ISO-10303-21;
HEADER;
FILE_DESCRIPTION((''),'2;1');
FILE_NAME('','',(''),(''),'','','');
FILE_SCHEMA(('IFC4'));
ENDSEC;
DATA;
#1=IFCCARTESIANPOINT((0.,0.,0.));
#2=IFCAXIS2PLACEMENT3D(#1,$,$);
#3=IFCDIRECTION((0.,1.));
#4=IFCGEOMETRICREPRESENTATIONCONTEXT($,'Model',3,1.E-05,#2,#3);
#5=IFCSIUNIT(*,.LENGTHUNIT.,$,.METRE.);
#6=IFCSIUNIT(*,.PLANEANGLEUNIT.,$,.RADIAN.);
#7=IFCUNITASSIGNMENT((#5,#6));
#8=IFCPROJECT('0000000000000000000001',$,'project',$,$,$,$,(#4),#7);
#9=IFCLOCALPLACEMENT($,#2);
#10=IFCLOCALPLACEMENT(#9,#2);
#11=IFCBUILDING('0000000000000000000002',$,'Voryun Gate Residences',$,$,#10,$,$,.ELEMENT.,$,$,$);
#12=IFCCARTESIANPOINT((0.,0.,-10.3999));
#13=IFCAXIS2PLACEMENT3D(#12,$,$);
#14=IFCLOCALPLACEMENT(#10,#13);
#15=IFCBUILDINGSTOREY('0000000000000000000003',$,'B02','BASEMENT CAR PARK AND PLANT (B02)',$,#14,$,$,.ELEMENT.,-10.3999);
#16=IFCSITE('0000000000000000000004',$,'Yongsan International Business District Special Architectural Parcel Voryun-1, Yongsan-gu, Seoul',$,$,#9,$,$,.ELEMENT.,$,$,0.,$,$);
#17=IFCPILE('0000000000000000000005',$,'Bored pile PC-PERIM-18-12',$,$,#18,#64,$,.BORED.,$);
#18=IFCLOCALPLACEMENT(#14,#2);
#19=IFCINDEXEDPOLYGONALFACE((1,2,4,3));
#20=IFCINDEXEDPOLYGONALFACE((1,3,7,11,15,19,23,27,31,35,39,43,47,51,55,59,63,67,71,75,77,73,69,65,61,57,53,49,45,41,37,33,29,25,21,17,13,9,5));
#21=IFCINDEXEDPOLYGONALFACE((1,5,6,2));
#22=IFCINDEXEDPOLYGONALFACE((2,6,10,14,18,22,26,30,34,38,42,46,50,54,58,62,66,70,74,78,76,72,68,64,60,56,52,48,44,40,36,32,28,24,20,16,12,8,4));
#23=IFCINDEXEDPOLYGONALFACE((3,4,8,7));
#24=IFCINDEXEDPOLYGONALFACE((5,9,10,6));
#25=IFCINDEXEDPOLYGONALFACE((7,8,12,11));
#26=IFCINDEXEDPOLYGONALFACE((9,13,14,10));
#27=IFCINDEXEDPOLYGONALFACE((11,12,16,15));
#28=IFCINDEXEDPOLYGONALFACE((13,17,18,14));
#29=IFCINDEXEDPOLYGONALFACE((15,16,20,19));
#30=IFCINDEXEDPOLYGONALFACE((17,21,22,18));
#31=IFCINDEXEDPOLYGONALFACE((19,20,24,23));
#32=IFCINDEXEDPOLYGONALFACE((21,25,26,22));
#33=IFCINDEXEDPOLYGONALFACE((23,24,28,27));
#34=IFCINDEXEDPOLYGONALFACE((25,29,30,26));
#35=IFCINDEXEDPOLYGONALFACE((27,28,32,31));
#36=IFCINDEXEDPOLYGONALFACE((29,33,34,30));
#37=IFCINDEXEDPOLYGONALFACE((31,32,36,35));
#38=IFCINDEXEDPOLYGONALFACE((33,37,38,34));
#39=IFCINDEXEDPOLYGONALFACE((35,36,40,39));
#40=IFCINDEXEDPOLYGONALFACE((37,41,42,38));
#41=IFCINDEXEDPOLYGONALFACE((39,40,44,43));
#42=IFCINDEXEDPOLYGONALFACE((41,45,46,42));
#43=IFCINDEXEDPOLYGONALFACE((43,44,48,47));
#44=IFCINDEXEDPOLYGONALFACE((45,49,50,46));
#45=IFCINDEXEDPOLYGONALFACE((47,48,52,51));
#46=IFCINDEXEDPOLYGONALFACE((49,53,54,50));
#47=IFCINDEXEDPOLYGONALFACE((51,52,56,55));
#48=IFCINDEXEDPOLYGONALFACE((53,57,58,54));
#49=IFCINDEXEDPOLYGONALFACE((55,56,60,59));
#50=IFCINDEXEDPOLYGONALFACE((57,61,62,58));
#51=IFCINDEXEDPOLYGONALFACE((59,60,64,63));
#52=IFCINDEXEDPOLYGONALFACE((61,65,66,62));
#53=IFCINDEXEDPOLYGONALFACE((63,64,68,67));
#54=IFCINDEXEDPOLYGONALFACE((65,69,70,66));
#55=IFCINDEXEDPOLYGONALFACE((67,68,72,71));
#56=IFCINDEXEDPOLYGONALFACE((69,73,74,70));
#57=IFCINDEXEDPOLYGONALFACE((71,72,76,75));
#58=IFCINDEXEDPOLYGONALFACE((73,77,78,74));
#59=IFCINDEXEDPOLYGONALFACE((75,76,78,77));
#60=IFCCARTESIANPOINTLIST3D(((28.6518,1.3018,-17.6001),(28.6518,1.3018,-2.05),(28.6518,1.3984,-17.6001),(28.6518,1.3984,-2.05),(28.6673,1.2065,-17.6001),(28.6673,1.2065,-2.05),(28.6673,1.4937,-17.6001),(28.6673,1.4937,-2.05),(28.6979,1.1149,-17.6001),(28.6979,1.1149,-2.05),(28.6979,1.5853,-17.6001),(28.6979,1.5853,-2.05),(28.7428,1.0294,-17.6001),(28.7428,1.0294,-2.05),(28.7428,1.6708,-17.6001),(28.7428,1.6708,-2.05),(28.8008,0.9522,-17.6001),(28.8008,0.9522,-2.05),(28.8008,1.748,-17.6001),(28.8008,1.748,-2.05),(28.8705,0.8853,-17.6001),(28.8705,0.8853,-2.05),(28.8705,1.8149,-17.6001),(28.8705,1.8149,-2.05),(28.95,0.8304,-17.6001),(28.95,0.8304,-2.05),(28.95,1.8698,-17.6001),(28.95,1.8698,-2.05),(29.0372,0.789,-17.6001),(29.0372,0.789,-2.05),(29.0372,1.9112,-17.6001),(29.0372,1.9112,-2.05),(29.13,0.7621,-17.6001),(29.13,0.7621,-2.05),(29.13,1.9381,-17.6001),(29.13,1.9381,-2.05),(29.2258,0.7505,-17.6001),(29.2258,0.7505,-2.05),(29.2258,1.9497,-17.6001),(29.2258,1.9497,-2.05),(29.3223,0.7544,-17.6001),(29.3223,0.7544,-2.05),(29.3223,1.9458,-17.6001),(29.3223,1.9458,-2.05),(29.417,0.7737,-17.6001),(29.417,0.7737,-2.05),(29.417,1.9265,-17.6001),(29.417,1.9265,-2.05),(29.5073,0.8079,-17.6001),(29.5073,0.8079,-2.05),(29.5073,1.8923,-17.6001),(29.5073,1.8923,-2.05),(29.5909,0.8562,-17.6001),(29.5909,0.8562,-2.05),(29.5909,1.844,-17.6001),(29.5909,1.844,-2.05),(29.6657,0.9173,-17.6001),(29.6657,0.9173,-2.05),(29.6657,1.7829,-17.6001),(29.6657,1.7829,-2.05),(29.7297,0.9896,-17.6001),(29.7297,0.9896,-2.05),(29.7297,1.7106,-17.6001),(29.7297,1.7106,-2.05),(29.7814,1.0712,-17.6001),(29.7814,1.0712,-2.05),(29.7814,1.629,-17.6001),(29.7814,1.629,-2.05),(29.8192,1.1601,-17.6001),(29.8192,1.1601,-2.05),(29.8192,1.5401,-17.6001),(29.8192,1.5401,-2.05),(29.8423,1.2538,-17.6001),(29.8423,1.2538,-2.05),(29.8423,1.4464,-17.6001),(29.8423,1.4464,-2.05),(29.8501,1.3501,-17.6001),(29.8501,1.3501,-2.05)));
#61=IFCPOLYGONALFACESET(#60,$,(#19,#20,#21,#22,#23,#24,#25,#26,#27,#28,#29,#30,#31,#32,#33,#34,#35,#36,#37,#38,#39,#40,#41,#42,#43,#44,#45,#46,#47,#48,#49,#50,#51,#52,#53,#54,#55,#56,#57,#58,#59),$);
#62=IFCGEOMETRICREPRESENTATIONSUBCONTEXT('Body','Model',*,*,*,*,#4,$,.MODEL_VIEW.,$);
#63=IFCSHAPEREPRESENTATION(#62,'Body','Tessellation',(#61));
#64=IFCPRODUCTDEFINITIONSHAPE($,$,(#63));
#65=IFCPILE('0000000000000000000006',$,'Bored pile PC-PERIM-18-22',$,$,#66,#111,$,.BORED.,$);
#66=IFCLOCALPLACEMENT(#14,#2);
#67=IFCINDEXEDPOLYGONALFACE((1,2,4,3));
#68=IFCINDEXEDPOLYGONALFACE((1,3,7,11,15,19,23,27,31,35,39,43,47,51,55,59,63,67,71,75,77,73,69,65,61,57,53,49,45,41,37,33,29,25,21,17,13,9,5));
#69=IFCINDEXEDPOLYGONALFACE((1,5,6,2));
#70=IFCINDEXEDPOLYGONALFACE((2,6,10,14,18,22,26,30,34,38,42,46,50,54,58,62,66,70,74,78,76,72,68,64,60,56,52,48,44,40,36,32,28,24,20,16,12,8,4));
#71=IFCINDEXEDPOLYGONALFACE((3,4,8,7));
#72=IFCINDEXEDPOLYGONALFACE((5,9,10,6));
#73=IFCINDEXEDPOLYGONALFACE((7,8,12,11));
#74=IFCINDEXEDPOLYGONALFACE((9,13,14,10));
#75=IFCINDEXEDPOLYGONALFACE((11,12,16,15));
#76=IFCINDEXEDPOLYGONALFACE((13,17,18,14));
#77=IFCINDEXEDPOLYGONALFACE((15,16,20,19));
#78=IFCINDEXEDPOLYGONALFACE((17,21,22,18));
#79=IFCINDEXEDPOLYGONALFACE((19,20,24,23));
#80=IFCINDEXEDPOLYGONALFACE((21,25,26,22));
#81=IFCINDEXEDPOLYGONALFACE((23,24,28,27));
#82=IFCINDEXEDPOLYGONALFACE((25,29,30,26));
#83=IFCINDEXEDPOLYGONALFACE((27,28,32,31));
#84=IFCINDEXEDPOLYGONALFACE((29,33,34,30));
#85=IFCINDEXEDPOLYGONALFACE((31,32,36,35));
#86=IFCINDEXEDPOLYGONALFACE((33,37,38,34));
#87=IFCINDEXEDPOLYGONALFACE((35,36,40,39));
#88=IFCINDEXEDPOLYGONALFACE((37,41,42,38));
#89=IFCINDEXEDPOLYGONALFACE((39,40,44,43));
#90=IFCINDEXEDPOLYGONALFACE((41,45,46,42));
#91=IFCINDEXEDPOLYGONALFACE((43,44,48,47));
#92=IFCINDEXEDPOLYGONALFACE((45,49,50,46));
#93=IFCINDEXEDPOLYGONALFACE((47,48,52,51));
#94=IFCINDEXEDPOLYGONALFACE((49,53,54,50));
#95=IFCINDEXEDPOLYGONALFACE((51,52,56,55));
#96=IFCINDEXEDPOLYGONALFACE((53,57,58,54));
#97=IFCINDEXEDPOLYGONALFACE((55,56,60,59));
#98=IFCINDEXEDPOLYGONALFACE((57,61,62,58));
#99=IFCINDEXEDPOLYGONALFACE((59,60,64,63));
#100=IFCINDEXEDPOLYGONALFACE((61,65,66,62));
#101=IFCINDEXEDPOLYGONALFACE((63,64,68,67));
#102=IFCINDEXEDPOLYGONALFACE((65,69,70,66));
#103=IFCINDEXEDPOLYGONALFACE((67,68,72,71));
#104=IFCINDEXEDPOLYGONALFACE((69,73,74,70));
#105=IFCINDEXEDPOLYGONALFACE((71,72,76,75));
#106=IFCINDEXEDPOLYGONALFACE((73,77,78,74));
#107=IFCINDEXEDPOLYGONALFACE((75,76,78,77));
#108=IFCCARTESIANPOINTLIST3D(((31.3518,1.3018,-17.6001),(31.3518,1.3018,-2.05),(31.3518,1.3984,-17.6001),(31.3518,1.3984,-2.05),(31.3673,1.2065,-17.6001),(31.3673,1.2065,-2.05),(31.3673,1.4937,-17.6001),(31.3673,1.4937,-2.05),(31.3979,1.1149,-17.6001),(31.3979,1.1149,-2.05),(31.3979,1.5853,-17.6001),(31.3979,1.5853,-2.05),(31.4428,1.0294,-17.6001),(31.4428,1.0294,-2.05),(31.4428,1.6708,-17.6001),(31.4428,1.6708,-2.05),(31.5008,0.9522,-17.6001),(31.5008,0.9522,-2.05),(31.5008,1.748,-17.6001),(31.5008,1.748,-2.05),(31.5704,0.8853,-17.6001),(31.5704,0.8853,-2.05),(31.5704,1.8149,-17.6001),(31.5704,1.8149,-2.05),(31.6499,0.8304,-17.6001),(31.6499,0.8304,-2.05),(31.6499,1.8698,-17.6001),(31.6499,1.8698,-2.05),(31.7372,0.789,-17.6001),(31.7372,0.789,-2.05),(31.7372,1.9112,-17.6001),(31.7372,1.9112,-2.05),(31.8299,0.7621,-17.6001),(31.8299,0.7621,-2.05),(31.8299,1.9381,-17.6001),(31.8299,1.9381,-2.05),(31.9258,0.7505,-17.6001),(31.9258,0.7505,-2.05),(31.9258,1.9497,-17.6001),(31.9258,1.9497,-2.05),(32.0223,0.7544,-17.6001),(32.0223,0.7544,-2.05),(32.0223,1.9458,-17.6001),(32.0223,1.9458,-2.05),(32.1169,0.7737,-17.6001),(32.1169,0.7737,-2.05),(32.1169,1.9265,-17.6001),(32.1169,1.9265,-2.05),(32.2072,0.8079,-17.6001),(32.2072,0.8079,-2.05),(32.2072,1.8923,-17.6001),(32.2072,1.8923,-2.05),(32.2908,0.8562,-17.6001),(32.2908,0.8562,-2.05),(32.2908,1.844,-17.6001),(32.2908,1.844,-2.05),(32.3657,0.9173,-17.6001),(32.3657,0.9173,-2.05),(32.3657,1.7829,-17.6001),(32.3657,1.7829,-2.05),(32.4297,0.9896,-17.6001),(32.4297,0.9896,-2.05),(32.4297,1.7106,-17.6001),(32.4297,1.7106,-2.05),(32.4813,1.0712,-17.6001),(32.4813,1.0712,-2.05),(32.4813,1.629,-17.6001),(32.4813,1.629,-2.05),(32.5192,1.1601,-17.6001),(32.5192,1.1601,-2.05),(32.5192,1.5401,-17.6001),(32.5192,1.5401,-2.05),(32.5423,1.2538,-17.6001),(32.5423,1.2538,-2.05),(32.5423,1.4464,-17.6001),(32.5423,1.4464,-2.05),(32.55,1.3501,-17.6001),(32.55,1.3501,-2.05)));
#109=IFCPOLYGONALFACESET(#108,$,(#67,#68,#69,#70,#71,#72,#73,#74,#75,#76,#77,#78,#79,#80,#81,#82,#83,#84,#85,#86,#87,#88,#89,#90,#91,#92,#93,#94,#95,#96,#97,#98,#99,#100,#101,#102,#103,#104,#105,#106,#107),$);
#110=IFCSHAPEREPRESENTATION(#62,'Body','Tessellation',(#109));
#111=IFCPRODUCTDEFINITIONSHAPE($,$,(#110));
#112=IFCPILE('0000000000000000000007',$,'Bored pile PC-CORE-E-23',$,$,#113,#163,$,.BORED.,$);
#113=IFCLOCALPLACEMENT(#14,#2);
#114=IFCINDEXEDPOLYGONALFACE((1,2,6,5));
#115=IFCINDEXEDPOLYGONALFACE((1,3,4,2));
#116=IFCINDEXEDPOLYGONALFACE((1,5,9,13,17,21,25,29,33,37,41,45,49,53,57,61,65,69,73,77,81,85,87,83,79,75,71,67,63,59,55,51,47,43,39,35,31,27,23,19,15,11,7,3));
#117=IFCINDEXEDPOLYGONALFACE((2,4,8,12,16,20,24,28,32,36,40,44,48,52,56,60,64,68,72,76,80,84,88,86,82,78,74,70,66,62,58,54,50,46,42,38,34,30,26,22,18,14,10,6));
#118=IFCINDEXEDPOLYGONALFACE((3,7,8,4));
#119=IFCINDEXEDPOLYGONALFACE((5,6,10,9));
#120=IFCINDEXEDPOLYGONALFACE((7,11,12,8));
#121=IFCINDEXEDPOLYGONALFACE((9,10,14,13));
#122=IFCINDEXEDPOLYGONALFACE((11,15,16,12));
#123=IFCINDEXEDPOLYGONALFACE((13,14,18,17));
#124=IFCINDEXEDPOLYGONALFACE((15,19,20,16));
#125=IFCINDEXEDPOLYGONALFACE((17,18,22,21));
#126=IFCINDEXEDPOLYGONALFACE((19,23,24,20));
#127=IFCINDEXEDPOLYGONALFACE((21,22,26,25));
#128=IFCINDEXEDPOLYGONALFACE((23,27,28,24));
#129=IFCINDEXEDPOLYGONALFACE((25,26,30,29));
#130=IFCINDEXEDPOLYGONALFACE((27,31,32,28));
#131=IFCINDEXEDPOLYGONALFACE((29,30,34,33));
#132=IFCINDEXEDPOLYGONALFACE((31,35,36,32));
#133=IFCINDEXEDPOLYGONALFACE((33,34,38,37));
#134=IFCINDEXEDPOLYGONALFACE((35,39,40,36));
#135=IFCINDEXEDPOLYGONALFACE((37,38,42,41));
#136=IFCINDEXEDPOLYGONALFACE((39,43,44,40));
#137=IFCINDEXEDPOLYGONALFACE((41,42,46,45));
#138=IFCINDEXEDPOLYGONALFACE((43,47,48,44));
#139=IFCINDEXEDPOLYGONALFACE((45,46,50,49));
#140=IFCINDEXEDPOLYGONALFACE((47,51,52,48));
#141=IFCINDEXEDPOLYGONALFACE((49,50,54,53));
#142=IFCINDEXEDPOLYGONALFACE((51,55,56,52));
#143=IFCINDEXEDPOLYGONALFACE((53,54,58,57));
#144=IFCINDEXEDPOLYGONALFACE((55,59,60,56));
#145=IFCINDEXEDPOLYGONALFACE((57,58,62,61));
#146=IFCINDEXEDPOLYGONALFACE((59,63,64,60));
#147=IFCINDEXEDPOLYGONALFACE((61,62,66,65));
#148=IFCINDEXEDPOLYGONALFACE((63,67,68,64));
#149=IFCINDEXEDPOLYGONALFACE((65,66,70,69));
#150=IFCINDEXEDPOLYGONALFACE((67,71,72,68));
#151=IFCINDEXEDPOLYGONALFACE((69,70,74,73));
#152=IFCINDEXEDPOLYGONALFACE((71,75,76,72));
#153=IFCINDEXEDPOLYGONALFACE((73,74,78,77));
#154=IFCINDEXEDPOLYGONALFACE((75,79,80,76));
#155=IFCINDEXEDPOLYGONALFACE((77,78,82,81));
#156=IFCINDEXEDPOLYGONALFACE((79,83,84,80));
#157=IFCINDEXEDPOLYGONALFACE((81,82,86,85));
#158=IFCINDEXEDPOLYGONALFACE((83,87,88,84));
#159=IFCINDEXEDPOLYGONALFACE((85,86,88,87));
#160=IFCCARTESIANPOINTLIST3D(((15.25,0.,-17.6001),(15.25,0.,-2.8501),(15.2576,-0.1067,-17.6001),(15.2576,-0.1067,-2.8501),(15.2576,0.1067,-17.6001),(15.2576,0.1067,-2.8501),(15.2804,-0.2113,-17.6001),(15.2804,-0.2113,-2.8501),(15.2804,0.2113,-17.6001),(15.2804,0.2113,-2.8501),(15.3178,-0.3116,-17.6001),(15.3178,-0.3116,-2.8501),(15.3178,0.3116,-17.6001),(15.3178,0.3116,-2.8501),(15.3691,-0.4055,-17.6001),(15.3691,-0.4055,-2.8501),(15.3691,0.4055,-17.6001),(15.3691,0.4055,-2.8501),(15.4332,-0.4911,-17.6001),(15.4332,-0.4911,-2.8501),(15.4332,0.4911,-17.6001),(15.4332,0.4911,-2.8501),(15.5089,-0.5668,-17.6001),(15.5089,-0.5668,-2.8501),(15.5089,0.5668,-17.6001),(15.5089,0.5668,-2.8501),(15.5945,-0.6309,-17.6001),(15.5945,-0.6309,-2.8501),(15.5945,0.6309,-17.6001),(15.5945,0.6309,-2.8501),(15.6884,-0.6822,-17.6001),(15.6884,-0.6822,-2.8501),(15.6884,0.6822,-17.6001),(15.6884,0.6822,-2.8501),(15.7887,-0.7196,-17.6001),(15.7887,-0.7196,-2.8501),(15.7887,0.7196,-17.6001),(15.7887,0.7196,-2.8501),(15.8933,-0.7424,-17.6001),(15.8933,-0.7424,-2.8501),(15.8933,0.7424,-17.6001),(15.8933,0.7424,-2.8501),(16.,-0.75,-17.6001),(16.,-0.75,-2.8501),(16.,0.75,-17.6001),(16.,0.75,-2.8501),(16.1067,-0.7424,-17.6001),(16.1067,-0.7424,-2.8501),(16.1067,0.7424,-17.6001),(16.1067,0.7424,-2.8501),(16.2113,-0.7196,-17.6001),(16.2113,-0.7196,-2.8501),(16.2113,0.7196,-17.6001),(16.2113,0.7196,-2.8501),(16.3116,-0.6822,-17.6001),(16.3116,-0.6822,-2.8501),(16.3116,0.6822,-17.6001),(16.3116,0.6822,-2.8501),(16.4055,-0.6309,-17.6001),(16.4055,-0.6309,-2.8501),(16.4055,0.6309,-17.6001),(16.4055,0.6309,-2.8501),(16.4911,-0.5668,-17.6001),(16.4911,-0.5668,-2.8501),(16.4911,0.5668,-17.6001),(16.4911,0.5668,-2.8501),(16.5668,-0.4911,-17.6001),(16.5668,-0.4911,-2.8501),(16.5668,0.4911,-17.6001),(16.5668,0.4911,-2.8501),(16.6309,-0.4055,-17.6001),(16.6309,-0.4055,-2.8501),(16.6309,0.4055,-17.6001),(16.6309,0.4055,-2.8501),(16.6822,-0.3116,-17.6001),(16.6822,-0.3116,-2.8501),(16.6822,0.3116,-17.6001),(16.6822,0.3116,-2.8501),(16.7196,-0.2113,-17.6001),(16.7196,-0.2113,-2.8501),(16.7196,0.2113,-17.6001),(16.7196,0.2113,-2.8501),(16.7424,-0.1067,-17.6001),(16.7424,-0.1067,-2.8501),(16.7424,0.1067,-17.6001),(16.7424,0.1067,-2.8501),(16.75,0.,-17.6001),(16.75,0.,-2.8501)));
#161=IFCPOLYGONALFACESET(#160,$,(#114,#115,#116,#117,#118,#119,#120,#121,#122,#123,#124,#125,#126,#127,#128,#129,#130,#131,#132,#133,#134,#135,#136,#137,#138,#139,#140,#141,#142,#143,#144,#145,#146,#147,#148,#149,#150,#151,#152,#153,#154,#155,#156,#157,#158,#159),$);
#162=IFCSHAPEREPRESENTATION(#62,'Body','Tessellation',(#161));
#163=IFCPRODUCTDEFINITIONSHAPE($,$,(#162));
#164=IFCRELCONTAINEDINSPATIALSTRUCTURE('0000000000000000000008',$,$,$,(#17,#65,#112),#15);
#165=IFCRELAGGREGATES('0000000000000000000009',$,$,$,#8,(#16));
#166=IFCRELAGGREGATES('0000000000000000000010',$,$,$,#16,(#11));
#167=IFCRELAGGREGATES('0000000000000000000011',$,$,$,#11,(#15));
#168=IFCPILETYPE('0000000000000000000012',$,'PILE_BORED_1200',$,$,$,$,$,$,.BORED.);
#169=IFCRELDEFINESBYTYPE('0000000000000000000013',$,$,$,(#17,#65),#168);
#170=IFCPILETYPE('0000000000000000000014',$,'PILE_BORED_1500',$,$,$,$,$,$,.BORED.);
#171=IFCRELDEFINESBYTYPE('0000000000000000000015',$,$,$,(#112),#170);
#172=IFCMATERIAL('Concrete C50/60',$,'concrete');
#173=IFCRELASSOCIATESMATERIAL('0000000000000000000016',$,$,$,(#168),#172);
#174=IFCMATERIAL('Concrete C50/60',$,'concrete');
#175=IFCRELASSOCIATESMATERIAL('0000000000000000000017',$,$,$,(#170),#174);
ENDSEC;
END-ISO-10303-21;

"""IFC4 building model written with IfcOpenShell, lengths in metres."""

from ifc_helpers import new_model, si_unit, direction, frame, origin, origin_2d, place, context, subcontext, project, spatial, circle, extrude, material, material_profile, profile_set, type_object, element, save


model = new_model("IFC4")

# Units and contexts
model_context = context("Model", 3, precision=1e-05, world=origin(), true_north=direction((0.0, 1.0)))
body_context = subcontext(model_context, "Body", "Model", "MODEL_VIEW")
ifc_project = project(units=[si_unit("LENGTHUNIT", "METRE"), si_unit("PLANEANGLEUNIT", "RADIAN")], contexts=[model_context])

# Site, building, storey
site_placement = place(None, origin())
site = spatial("IfcSite", under=ifc_project, at=site_placement, Name="Yongsan International Business District Special Architectural Parcel Voryun-1, Yongsan-gu, Seoul", CompositionType="ELEMENT", RefElevation=0.0)
building_placement = place(site_placement, origin())
building = spatial("IfcBuilding", under=site, at=building_placement, Name="Voryun Gate Residences", CompositionType="ELEMENT")
storey_placement = place(building_placement, frame((0.0, 0.0, -10.3999)))
storey = spatial("IfcBuildingStorey", under=building, at=storey_placement, Name="B02", Description="BASEMENT CAR PARK AND PLANT (B02)", CompositionType="ELEMENT", Elevation=-10.3999)

# Piles
ifc_material_1 = material(Name="Concrete C50/60", Category="concrete")
ifc_material_profile_1 = material_profile(ifc_material_1, circle(Radius=0.6001, at=origin_2d()), Name="PILE-D1200")
ifc_profile_set_1 = profile_set([ifc_material_profile_1], Name="Concrete C50/60")
pile_type_1 = type_object("IfcPileType", Name="PILE_BORED_1200", PredefinedType="BORED", material=ifc_profile_set_1)
for number, where, z_axis, x_axis, name in (
    (1, (29.25, 1.3501, -2.05), (0.0, 0.0, -1.0), (1.0, 0.0, 0.0), "Bored pile PC-PERIM-18-12"),
    (2, (31.95, 1.3501, -2.05), (0.0, 0.0, -1.0), (1.0, 0.0, 0.0), "Bored pile PC-PERIM-18-22"),
):
    element("IfcPile", number, at=place(storey_placement, frame(where, z_axis=z_axis, x_axis=x_axis)), inside=storey, type_object=pile_type_1, Name=name, PredefinedType="BORED", context=body_context, shape_type="SweptSolid", body=[
        extrude(circle(Radius=0.6001, at=origin_2d()), origin(), (0.0, 0.0, 1.0), 15.55),
    ])
ifc_material_2 = material(Name="Concrete C50/60", Category="concrete")
ifc_material_profile_2 = material_profile(ifc_material_2, circle(Radius=0.75, at=origin_2d()), Name="PILE-D1500")
ifc_profile_set_2 = profile_set([ifc_material_profile_2], Name="Concrete C50/60")
pile_type_2 = type_object("IfcPileType", Name="PILE_BORED_1500", PredefinedType="BORED", material=ifc_profile_set_2)
for number, where, z_axis, x_axis, name in (
    (3, (16.0, 0.0, -2.8501), (0.0, 0.0, -1.0), (1.0, 0.0, 0.0), "Bored pile PC-CORE-E-23"),
):
    element("IfcPile", number, at=place(storey_placement, frame(where, z_axis=z_axis, x_axis=x_axis)), inside=storey, type_object=pile_type_2, Name=name, PredefinedType="BORED", context=body_context, shape_type="SweptSolid", body=[
        extrude(circle(Radius=0.75, at=origin_2d()), origin(), (0.0, 0.0, 1.0), 14.75),
    ])

save(model, "model.ifc")
